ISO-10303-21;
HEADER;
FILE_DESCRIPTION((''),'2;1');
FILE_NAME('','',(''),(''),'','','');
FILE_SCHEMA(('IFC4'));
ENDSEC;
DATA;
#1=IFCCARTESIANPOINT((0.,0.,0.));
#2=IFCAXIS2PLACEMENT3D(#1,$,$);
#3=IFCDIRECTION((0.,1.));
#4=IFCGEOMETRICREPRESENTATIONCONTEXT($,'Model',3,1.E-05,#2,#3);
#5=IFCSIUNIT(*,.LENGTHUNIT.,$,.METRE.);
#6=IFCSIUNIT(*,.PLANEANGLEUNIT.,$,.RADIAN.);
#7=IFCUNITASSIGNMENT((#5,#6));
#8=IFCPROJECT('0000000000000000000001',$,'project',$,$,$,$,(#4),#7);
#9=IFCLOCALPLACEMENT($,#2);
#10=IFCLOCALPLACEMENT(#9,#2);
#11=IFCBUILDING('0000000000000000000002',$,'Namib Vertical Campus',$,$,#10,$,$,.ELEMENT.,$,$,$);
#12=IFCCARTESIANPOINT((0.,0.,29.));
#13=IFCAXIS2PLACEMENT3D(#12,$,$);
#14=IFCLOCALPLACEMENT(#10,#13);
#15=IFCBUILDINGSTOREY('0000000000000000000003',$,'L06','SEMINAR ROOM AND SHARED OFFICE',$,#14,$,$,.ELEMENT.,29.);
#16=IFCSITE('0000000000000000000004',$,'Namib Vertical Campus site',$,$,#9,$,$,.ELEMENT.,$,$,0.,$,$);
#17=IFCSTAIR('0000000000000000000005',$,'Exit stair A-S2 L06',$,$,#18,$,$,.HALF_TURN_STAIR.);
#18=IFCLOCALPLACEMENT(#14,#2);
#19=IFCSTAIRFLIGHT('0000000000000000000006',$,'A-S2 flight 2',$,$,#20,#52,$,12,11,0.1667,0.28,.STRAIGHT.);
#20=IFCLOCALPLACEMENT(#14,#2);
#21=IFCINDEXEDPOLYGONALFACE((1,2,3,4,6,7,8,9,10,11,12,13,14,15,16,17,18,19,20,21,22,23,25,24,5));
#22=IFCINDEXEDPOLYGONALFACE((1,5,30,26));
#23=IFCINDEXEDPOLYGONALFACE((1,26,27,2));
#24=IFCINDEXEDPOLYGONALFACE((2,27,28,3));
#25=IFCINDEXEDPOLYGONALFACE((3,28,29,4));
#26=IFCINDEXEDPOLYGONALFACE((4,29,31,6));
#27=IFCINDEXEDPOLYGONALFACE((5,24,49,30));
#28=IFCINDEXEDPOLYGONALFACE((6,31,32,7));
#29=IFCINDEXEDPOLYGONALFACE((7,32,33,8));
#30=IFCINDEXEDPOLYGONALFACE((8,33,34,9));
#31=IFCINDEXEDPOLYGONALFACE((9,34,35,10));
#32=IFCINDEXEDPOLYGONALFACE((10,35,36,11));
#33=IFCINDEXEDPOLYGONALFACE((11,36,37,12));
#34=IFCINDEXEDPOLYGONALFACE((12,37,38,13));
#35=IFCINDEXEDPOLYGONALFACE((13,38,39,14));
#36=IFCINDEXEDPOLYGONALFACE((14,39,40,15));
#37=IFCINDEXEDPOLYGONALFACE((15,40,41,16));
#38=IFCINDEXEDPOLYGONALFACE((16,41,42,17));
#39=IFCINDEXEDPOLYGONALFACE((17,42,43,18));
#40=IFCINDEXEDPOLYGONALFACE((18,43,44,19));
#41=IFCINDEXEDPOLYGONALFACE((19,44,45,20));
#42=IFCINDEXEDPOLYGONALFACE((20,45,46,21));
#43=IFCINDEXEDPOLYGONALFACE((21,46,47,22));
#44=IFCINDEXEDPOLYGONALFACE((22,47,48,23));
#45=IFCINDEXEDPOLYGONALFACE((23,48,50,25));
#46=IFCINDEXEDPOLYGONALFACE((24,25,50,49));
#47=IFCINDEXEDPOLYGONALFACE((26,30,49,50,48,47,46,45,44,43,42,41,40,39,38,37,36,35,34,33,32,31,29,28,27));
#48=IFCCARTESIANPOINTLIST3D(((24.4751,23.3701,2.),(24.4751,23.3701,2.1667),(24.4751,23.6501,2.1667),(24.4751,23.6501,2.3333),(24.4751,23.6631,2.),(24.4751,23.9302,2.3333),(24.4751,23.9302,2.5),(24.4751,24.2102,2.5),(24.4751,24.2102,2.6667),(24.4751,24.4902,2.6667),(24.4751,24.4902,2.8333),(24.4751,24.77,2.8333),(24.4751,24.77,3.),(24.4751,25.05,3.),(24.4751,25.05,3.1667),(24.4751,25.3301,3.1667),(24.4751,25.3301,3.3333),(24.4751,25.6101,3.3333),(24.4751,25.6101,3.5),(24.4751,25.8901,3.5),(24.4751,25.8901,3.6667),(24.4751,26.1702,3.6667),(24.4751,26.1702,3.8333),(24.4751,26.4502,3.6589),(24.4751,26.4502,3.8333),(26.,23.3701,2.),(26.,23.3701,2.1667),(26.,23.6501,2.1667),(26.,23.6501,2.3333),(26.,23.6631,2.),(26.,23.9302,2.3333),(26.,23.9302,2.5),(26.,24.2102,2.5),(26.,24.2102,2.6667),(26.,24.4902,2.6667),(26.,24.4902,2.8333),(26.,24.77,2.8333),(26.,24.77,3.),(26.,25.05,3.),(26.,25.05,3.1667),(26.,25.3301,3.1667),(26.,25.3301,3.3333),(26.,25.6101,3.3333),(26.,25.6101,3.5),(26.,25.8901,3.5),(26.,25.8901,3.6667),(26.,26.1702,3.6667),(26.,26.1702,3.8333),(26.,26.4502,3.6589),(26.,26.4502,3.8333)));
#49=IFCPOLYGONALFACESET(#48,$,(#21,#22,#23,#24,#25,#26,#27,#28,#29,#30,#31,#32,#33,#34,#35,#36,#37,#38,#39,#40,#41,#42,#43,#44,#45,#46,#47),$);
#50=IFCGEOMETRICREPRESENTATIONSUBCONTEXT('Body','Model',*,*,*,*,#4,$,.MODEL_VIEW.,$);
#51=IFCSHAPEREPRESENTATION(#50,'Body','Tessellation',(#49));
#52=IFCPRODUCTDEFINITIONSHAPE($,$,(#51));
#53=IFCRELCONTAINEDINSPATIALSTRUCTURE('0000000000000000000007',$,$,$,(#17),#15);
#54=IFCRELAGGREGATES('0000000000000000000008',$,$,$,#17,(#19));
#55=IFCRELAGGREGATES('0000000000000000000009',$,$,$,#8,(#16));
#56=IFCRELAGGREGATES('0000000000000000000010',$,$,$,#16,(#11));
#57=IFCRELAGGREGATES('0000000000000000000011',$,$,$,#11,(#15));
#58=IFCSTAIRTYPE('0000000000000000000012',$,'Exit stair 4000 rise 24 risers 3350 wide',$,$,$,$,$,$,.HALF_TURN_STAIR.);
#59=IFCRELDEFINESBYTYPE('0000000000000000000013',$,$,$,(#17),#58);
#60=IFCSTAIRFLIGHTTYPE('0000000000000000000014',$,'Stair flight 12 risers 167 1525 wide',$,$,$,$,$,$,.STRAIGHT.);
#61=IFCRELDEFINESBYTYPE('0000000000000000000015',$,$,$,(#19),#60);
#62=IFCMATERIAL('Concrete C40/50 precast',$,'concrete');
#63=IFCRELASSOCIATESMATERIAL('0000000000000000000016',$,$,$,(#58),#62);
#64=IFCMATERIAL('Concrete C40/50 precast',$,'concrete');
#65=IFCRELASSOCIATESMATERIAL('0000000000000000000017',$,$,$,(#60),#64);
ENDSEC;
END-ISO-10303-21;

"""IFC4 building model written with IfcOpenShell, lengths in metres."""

from ifc_helpers import new_model, si_unit, direction, frame, origin, place, context, subcontext, project, spatial, polyline, outline, extrude, material, type_object, element, aggregate, save


model = new_model("IFC4")

# Units and contexts
model_context = context("Model", 3, precision=1e-05, world=origin(), true_north=direction((0.0, 1.0)))
body_context = subcontext(model_context, "Body", "Model", "MODEL_VIEW")
ifc_project = project(units=[si_unit("LENGTHUNIT", "METRE"), si_unit("PLANEANGLEUNIT", "RADIAN")], contexts=[model_context])

# Site, building, storey
site_placement = place(None, origin())
site = spatial("IfcSite", under=ifc_project, at=site_placement, Name="Namib Vertical Campus site", CompositionType="ELEMENT", RefElevation=0.0)
building_placement = place(site_placement, origin())
building = spatial("IfcBuilding", under=site, at=building_placement, Name="Namib Vertical Campus", CompositionType="ELEMENT")
storey_placement = place(building_placement, frame((0.0, 0.0, 29.0)))
storey = spatial("IfcBuildingStorey", under=building, at=storey_placement, Name="L06", Description="SEMINAR ROOM AND SHARED OFFICE", CompositionType="ELEMENT", Elevation=29.0)

# Stair, stair flight
ifc_material_1 = material(Name="Concrete C40/50 precast", Category="concrete")
stair_type = type_object("IfcStairType", Name="Exit stair 4000 rise 24 risers 3350 wide", PredefinedType="HALF_TURN_STAIR", material=ifc_material_1)
stair_placement = place(storey_placement, origin())
stair = element("IfcStair", 1, at=stair_placement, inside=storey, type_object=stair_type, Name="Exit stair A-S2 L06", PredefinedType="HALF_TURN_STAIR")
ifc_material_2 = material(Name="Concrete C40/50 precast", Category="concrete")
stair_flight_type = type_object("IfcStairFlightType", Name="Stair flight 12 risers 167 1525 wide", PredefinedType="STRAIGHT", material=ifc_material_2)
stair_flight_1_placement = place(storey_placement, frame((25.2375, 23.3701, 2.0), z_axis=(0.0, 0.0, 1.0), x_axis=(0.0, 1.0, 0.0)))
stair_flight_1 = element("IfcStairFlight", 2, at=stair_flight_1_placement, type_object=stair_flight_type, Name="A-S2 flight 2", NumberOfRisers=12, NumberOfTreads=11, PredefinedType="STRAIGHT", RiserHeight=0.1667, TreadLength=0.28, context=body_context, shape_type="SweptSolid", body=[
    extrude(outline(polyline([(0.0, 0.0), (0.0, 0.1667), (0.28, 0.1667), (0.28, 0.3333), (0.5601, 0.3333), (0.5601, 0.5), (0.8401, 0.5), (0.8401, 0.6667), (1.1201, 0.6667), (1.1201, 0.8333), (1.3999, 0.8333), (1.3999, 1.0), (1.6799, 1.0), (1.6799, 1.1667), (1.96, 1.1667), (1.96, 1.3333), (2.24, 1.3333), (2.24, 1.5), (2.52, 1.5), (2.52, 1.6667), (2.8, 1.6667), (2.8, 1.8333), (3.0801, 1.8333), (3.0801, 2.0), (3.0801, 1.6589), (0.293, 0.0), (0.0, 0.0)])), frame((0.0, 0.7625, 0.0), z_axis=(0.0, -1.0, 0.0), x_axis=(1.0, 0.0, 0.0)), (0.0, 0.0, 1.0), 1.5249),
])
aggregate(stair, [stair_flight_1])

save(model, "model.ifc")
